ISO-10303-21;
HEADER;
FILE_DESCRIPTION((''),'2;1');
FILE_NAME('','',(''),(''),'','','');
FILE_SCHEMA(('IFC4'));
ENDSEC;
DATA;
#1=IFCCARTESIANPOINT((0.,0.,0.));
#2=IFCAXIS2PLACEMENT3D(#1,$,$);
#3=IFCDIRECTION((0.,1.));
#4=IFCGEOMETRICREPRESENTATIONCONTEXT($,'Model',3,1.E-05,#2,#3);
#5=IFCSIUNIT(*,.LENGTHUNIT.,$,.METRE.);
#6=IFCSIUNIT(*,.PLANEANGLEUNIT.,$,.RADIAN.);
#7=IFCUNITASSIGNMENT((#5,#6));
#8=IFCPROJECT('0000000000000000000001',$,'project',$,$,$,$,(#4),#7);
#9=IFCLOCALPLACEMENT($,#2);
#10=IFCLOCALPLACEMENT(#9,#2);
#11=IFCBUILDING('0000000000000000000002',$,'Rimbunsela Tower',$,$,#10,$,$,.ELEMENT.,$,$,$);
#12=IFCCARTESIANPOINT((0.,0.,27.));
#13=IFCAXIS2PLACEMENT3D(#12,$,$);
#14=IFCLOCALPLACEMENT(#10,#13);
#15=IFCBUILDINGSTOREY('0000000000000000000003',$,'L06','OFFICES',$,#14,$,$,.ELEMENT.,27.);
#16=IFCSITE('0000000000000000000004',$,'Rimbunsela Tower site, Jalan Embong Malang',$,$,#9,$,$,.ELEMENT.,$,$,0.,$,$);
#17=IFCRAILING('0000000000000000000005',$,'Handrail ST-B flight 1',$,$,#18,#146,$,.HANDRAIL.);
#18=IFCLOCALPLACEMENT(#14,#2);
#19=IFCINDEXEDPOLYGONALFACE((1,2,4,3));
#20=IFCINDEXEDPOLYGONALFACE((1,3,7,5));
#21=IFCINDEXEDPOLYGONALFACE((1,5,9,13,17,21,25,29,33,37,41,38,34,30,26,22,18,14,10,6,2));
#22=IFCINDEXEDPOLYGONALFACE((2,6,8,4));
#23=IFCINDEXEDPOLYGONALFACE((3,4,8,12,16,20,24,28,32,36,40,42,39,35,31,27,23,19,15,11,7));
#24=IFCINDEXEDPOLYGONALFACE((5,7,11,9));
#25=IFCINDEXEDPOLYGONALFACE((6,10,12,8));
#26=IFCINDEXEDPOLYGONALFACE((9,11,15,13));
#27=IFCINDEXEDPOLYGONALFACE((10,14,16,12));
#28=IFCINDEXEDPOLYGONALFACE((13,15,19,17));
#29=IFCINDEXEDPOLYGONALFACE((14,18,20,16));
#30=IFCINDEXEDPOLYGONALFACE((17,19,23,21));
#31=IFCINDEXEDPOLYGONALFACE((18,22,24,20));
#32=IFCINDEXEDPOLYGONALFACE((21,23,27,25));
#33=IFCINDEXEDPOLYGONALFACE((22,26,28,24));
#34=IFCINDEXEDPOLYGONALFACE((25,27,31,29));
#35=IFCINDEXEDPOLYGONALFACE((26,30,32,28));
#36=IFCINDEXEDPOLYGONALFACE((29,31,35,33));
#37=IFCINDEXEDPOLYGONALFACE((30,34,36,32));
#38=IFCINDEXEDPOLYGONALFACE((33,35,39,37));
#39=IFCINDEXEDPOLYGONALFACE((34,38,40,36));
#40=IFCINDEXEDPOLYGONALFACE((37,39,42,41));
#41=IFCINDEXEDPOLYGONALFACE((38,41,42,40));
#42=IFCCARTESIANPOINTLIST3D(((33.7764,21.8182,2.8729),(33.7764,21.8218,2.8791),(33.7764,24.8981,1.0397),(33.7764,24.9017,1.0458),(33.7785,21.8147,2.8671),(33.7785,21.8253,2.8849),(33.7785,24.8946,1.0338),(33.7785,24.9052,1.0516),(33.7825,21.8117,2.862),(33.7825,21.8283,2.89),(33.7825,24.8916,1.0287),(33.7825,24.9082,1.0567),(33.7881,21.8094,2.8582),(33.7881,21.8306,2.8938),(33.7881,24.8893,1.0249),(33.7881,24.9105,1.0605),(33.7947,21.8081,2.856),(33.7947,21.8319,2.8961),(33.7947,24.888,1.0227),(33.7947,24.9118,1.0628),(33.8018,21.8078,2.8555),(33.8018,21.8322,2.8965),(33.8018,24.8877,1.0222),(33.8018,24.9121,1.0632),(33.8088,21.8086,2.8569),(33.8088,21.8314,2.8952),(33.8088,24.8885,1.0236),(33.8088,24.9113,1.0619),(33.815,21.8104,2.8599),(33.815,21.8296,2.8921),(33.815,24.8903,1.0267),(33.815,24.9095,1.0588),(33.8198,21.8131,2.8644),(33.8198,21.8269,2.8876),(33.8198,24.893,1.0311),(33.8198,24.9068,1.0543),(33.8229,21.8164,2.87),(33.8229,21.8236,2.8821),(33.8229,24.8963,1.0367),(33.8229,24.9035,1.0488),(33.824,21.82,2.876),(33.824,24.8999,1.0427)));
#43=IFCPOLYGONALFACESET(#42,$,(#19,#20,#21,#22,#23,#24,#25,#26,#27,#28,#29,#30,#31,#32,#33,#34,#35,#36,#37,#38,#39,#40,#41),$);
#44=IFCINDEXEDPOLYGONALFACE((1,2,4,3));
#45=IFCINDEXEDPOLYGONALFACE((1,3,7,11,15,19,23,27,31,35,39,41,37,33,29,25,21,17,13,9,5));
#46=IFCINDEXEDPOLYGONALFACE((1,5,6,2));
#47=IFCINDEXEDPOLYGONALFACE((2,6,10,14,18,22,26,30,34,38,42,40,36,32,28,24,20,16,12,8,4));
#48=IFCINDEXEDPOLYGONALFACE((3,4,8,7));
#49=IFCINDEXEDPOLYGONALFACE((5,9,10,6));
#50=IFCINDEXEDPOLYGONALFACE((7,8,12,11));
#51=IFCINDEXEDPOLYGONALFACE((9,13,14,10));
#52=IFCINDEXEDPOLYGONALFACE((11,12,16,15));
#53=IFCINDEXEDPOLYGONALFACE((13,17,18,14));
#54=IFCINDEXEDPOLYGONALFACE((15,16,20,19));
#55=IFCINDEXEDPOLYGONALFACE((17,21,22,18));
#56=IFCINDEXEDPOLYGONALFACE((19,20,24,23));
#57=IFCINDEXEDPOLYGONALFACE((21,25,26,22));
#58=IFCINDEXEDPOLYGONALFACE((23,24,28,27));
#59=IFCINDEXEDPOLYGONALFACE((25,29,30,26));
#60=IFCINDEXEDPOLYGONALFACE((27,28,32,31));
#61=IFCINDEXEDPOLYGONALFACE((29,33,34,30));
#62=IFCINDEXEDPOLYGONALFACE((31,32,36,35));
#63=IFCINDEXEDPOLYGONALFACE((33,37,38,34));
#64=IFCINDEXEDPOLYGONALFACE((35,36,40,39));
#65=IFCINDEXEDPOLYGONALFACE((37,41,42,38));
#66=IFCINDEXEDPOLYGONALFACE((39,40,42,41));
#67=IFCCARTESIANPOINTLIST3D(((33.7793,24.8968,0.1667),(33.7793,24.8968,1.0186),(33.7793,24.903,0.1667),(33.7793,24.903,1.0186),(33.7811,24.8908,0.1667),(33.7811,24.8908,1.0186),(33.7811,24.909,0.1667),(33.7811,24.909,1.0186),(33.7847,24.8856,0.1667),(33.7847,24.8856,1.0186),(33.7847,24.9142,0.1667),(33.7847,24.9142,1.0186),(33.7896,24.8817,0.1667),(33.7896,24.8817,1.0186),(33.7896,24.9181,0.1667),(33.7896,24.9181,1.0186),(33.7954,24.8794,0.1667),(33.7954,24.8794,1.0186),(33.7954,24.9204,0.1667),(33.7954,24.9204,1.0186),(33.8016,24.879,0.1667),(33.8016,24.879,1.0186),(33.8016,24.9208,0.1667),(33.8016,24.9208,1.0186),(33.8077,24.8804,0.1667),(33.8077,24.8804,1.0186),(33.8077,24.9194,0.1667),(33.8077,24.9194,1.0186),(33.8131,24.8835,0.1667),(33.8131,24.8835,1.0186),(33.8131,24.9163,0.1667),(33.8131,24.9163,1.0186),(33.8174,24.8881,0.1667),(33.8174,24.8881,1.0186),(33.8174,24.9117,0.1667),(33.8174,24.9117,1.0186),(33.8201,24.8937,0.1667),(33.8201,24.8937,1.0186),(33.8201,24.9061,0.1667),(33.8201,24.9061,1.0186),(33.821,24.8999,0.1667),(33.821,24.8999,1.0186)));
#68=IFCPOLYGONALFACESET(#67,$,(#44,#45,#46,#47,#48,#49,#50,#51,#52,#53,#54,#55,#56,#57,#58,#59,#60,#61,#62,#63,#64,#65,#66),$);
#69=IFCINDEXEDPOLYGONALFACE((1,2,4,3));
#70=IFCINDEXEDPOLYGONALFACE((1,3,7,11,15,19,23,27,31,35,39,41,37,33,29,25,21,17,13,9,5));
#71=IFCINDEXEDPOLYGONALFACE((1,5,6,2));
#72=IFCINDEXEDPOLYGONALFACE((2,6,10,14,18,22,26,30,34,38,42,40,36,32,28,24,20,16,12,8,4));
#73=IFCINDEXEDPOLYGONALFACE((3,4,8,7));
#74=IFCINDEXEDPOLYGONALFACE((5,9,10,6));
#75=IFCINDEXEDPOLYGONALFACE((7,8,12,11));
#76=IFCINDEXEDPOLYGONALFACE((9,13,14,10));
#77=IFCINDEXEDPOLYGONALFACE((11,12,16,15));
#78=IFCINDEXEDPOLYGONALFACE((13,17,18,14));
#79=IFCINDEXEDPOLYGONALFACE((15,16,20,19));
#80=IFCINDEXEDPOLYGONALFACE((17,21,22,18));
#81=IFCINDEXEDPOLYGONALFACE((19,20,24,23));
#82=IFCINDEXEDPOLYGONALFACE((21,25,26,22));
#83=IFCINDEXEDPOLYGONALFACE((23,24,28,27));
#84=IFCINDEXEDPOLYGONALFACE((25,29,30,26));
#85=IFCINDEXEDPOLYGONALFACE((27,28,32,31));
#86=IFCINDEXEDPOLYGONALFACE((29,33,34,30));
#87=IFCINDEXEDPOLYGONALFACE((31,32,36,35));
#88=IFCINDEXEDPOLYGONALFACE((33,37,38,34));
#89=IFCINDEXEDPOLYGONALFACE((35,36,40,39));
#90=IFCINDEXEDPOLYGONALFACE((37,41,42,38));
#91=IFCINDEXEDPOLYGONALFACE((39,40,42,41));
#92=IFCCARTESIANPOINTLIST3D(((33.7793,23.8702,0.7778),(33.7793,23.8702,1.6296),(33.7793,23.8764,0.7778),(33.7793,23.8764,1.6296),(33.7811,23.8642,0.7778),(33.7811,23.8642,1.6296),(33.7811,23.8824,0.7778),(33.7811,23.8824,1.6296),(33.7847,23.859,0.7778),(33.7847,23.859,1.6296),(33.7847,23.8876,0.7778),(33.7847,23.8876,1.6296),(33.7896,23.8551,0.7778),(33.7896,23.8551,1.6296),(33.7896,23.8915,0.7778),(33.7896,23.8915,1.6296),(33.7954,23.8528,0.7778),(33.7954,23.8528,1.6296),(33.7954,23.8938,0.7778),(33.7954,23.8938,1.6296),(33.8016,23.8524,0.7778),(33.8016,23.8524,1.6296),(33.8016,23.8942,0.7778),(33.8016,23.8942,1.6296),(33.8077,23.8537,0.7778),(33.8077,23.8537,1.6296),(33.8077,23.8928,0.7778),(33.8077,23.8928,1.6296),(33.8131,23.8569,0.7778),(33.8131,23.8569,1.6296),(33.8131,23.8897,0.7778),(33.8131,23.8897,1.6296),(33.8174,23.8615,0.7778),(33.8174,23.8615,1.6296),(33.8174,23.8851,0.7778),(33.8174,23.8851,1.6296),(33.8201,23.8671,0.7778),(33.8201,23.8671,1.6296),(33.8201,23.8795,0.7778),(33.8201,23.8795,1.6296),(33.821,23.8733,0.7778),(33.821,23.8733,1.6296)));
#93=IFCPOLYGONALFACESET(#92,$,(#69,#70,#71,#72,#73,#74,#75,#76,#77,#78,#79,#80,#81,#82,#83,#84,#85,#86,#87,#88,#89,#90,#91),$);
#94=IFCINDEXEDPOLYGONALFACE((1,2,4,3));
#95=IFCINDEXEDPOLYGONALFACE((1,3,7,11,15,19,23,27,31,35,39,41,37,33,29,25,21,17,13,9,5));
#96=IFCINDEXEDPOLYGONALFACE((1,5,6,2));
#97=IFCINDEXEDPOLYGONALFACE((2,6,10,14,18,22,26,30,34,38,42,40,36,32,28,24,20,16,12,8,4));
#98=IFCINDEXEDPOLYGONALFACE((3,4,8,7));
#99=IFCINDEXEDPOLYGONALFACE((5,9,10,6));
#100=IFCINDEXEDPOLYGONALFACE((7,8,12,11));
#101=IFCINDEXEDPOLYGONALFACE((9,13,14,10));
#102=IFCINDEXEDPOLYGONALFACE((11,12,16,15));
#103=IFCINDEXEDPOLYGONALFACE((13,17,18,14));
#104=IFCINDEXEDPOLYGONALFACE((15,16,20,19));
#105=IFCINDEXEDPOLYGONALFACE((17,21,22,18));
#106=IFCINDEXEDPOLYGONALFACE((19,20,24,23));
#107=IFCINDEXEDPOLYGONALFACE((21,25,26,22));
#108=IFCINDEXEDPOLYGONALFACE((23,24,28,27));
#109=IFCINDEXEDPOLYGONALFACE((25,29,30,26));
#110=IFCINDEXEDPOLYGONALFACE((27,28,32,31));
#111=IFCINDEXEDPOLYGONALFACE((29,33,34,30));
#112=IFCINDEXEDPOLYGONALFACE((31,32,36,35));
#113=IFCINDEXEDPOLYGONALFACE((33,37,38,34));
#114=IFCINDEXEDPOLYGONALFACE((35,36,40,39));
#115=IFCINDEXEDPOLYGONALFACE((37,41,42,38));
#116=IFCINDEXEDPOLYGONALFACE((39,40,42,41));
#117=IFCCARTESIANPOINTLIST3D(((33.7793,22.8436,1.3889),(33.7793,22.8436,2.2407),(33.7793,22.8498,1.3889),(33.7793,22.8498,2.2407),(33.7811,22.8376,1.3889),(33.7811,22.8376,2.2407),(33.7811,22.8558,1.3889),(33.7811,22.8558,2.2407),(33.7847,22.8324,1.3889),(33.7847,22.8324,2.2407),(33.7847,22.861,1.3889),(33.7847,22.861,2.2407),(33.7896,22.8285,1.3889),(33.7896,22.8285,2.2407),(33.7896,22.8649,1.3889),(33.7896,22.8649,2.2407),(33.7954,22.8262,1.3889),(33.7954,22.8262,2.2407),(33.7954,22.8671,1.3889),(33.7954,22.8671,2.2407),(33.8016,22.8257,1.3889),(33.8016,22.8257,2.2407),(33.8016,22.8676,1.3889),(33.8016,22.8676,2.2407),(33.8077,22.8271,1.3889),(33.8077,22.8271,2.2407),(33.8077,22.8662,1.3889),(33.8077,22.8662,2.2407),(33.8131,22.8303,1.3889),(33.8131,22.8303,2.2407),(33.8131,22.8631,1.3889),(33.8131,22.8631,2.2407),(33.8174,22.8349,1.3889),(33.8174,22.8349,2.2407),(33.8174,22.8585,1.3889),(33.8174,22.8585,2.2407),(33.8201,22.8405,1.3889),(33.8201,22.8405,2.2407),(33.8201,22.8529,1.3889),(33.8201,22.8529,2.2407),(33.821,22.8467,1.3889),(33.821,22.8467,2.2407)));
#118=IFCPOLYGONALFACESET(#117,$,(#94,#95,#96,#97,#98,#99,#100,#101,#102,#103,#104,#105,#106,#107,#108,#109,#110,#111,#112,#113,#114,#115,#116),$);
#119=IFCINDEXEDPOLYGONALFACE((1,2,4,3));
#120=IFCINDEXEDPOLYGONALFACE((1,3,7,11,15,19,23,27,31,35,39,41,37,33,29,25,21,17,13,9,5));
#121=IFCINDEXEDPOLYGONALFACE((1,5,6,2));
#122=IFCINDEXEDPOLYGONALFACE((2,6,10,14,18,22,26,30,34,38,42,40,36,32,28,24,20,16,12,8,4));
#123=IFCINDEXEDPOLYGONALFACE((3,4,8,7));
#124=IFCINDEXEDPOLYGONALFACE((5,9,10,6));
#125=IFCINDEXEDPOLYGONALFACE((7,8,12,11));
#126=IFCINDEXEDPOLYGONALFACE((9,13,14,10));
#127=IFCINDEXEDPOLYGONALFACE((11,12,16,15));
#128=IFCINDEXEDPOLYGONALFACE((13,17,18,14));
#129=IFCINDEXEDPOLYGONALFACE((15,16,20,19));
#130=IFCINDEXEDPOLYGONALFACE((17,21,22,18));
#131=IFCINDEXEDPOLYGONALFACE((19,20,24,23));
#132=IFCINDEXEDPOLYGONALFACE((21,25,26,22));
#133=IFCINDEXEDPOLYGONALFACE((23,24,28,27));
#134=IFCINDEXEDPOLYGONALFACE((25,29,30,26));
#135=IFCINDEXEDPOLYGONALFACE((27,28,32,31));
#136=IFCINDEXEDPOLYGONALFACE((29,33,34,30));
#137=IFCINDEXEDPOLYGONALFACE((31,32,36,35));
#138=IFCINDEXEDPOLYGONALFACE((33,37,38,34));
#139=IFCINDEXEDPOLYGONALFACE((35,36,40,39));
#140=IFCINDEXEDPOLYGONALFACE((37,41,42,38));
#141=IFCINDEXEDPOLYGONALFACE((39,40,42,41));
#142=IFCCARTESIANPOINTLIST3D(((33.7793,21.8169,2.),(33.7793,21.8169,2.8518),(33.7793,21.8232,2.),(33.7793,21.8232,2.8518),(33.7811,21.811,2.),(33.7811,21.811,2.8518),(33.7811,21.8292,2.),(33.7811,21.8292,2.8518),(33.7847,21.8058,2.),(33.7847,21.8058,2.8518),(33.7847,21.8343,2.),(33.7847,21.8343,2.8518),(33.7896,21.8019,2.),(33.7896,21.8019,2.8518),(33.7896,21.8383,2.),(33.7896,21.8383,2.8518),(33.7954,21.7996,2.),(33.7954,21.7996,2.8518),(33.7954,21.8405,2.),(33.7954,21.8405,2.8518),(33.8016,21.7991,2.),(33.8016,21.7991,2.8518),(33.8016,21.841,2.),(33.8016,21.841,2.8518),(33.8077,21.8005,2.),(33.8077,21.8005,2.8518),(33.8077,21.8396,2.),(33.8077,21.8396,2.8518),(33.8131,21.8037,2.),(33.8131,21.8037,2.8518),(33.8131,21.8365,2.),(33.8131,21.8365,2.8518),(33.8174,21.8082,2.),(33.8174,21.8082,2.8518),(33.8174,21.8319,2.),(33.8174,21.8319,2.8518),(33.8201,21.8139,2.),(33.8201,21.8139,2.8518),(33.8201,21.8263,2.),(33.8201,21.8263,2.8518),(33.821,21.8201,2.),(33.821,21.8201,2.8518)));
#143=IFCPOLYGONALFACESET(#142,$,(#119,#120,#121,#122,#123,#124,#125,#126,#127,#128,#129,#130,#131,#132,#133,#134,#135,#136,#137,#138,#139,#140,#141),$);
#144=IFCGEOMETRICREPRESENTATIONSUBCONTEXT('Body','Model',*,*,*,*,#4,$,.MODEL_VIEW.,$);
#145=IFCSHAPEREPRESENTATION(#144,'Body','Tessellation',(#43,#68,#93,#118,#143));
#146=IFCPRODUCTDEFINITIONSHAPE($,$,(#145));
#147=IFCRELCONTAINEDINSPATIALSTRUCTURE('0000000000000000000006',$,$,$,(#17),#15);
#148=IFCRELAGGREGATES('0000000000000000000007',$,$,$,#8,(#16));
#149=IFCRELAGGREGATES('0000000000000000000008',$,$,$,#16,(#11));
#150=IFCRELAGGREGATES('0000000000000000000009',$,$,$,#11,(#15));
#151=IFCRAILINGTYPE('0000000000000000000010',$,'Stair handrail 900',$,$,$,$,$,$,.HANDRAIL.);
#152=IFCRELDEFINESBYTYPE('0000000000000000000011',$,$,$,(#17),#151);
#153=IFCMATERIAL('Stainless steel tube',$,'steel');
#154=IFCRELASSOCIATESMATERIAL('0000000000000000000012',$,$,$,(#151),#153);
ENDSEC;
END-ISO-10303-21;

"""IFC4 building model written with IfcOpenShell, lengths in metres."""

from ifc_helpers import new_model, si_unit, direction, frame, origin, origin_2d, place, context, subcontext, project, spatial, circle, extrude, material, type_object, element, save


model = new_model("IFC4")

# Units and contexts
model_context = context("Model", 3, precision=1e-05, world=origin(), true_north=direction((0.0, 1.0)))
body_context = subcontext(model_context, "Body", "Model", "MODEL_VIEW")
ifc_project = project(units=[si_unit("LENGTHUNIT", "METRE"), si_unit("PLANEANGLEUNIT", "RADIAN")], contexts=[model_context])

# Site, building, storey
site_placement = place(None, origin())
site = spatial("IfcSite", under=ifc_project, at=site_placement, Name="Rimbunsela Tower site, Jalan Embong Malang", CompositionType="ELEMENT", RefElevation=0.0)
building_placement = place(site_placement, origin())
building = spatial("IfcBuilding", under=site, at=building_placement, Name="Rimbunsela Tower", CompositionType="ELEMENT")
storey_placement = place(building_placement, frame((0.0, 0.0, 27.0)))
storey = spatial("IfcBuildingStorey", under=building, at=storey_placement, Name="L06", Description="OFFICES", CompositionType="ELEMENT", Elevation=27.0)

# Railing
ifc_material_1 = material(Name="Stainless steel tube", Category="steel")
railing_type = type_object("IfcRailingType", Name="Stair handrail 900", PredefinedType="HANDRAIL", material=ifc_material_1)
railing_1_placement = place(storey_placement, frame((33.8, 24.8999, 0.1667)))
element("IfcRailing", 1, at=railing_1_placement, inside=storey, type_object=railing_type, Name="Handrail ST-B flight 1", PredefinedType="HANDRAIL", context=body_context, shape_type="SweptSolid", body=[
    extrude(circle(Radius=0.0239, at=origin_2d()), frame((0.0, 0.0, 0.876), z_axis=(0.0, -0.859291, 0.511487), x_axis=(1.0, 0.0, 0.0)), (0.0, 0.0, 1.0), 3.5842),
    extrude(circle(Radius=0.021, at=origin_2d()), origin(), (0.0, 0.0, 1.0), 0.8518),
    extrude(circle(Radius=0.021, at=origin_2d()), frame((0.0, -1.0266, 0.6111)), (0.0, 0.0, 1.0), 0.8518),
    extrude(circle(Radius=0.021, at=origin_2d()), frame((0.0, -2.0532, 1.2222)), (0.0, 0.0, 1.0), 0.8518),
    extrude(circle(Radius=0.021, at=origin_2d()), frame((0.0, -3.0798, 1.8333)), (0.0, 0.0, 1.0), 0.8518),
])

save(model, "model.ifc")
